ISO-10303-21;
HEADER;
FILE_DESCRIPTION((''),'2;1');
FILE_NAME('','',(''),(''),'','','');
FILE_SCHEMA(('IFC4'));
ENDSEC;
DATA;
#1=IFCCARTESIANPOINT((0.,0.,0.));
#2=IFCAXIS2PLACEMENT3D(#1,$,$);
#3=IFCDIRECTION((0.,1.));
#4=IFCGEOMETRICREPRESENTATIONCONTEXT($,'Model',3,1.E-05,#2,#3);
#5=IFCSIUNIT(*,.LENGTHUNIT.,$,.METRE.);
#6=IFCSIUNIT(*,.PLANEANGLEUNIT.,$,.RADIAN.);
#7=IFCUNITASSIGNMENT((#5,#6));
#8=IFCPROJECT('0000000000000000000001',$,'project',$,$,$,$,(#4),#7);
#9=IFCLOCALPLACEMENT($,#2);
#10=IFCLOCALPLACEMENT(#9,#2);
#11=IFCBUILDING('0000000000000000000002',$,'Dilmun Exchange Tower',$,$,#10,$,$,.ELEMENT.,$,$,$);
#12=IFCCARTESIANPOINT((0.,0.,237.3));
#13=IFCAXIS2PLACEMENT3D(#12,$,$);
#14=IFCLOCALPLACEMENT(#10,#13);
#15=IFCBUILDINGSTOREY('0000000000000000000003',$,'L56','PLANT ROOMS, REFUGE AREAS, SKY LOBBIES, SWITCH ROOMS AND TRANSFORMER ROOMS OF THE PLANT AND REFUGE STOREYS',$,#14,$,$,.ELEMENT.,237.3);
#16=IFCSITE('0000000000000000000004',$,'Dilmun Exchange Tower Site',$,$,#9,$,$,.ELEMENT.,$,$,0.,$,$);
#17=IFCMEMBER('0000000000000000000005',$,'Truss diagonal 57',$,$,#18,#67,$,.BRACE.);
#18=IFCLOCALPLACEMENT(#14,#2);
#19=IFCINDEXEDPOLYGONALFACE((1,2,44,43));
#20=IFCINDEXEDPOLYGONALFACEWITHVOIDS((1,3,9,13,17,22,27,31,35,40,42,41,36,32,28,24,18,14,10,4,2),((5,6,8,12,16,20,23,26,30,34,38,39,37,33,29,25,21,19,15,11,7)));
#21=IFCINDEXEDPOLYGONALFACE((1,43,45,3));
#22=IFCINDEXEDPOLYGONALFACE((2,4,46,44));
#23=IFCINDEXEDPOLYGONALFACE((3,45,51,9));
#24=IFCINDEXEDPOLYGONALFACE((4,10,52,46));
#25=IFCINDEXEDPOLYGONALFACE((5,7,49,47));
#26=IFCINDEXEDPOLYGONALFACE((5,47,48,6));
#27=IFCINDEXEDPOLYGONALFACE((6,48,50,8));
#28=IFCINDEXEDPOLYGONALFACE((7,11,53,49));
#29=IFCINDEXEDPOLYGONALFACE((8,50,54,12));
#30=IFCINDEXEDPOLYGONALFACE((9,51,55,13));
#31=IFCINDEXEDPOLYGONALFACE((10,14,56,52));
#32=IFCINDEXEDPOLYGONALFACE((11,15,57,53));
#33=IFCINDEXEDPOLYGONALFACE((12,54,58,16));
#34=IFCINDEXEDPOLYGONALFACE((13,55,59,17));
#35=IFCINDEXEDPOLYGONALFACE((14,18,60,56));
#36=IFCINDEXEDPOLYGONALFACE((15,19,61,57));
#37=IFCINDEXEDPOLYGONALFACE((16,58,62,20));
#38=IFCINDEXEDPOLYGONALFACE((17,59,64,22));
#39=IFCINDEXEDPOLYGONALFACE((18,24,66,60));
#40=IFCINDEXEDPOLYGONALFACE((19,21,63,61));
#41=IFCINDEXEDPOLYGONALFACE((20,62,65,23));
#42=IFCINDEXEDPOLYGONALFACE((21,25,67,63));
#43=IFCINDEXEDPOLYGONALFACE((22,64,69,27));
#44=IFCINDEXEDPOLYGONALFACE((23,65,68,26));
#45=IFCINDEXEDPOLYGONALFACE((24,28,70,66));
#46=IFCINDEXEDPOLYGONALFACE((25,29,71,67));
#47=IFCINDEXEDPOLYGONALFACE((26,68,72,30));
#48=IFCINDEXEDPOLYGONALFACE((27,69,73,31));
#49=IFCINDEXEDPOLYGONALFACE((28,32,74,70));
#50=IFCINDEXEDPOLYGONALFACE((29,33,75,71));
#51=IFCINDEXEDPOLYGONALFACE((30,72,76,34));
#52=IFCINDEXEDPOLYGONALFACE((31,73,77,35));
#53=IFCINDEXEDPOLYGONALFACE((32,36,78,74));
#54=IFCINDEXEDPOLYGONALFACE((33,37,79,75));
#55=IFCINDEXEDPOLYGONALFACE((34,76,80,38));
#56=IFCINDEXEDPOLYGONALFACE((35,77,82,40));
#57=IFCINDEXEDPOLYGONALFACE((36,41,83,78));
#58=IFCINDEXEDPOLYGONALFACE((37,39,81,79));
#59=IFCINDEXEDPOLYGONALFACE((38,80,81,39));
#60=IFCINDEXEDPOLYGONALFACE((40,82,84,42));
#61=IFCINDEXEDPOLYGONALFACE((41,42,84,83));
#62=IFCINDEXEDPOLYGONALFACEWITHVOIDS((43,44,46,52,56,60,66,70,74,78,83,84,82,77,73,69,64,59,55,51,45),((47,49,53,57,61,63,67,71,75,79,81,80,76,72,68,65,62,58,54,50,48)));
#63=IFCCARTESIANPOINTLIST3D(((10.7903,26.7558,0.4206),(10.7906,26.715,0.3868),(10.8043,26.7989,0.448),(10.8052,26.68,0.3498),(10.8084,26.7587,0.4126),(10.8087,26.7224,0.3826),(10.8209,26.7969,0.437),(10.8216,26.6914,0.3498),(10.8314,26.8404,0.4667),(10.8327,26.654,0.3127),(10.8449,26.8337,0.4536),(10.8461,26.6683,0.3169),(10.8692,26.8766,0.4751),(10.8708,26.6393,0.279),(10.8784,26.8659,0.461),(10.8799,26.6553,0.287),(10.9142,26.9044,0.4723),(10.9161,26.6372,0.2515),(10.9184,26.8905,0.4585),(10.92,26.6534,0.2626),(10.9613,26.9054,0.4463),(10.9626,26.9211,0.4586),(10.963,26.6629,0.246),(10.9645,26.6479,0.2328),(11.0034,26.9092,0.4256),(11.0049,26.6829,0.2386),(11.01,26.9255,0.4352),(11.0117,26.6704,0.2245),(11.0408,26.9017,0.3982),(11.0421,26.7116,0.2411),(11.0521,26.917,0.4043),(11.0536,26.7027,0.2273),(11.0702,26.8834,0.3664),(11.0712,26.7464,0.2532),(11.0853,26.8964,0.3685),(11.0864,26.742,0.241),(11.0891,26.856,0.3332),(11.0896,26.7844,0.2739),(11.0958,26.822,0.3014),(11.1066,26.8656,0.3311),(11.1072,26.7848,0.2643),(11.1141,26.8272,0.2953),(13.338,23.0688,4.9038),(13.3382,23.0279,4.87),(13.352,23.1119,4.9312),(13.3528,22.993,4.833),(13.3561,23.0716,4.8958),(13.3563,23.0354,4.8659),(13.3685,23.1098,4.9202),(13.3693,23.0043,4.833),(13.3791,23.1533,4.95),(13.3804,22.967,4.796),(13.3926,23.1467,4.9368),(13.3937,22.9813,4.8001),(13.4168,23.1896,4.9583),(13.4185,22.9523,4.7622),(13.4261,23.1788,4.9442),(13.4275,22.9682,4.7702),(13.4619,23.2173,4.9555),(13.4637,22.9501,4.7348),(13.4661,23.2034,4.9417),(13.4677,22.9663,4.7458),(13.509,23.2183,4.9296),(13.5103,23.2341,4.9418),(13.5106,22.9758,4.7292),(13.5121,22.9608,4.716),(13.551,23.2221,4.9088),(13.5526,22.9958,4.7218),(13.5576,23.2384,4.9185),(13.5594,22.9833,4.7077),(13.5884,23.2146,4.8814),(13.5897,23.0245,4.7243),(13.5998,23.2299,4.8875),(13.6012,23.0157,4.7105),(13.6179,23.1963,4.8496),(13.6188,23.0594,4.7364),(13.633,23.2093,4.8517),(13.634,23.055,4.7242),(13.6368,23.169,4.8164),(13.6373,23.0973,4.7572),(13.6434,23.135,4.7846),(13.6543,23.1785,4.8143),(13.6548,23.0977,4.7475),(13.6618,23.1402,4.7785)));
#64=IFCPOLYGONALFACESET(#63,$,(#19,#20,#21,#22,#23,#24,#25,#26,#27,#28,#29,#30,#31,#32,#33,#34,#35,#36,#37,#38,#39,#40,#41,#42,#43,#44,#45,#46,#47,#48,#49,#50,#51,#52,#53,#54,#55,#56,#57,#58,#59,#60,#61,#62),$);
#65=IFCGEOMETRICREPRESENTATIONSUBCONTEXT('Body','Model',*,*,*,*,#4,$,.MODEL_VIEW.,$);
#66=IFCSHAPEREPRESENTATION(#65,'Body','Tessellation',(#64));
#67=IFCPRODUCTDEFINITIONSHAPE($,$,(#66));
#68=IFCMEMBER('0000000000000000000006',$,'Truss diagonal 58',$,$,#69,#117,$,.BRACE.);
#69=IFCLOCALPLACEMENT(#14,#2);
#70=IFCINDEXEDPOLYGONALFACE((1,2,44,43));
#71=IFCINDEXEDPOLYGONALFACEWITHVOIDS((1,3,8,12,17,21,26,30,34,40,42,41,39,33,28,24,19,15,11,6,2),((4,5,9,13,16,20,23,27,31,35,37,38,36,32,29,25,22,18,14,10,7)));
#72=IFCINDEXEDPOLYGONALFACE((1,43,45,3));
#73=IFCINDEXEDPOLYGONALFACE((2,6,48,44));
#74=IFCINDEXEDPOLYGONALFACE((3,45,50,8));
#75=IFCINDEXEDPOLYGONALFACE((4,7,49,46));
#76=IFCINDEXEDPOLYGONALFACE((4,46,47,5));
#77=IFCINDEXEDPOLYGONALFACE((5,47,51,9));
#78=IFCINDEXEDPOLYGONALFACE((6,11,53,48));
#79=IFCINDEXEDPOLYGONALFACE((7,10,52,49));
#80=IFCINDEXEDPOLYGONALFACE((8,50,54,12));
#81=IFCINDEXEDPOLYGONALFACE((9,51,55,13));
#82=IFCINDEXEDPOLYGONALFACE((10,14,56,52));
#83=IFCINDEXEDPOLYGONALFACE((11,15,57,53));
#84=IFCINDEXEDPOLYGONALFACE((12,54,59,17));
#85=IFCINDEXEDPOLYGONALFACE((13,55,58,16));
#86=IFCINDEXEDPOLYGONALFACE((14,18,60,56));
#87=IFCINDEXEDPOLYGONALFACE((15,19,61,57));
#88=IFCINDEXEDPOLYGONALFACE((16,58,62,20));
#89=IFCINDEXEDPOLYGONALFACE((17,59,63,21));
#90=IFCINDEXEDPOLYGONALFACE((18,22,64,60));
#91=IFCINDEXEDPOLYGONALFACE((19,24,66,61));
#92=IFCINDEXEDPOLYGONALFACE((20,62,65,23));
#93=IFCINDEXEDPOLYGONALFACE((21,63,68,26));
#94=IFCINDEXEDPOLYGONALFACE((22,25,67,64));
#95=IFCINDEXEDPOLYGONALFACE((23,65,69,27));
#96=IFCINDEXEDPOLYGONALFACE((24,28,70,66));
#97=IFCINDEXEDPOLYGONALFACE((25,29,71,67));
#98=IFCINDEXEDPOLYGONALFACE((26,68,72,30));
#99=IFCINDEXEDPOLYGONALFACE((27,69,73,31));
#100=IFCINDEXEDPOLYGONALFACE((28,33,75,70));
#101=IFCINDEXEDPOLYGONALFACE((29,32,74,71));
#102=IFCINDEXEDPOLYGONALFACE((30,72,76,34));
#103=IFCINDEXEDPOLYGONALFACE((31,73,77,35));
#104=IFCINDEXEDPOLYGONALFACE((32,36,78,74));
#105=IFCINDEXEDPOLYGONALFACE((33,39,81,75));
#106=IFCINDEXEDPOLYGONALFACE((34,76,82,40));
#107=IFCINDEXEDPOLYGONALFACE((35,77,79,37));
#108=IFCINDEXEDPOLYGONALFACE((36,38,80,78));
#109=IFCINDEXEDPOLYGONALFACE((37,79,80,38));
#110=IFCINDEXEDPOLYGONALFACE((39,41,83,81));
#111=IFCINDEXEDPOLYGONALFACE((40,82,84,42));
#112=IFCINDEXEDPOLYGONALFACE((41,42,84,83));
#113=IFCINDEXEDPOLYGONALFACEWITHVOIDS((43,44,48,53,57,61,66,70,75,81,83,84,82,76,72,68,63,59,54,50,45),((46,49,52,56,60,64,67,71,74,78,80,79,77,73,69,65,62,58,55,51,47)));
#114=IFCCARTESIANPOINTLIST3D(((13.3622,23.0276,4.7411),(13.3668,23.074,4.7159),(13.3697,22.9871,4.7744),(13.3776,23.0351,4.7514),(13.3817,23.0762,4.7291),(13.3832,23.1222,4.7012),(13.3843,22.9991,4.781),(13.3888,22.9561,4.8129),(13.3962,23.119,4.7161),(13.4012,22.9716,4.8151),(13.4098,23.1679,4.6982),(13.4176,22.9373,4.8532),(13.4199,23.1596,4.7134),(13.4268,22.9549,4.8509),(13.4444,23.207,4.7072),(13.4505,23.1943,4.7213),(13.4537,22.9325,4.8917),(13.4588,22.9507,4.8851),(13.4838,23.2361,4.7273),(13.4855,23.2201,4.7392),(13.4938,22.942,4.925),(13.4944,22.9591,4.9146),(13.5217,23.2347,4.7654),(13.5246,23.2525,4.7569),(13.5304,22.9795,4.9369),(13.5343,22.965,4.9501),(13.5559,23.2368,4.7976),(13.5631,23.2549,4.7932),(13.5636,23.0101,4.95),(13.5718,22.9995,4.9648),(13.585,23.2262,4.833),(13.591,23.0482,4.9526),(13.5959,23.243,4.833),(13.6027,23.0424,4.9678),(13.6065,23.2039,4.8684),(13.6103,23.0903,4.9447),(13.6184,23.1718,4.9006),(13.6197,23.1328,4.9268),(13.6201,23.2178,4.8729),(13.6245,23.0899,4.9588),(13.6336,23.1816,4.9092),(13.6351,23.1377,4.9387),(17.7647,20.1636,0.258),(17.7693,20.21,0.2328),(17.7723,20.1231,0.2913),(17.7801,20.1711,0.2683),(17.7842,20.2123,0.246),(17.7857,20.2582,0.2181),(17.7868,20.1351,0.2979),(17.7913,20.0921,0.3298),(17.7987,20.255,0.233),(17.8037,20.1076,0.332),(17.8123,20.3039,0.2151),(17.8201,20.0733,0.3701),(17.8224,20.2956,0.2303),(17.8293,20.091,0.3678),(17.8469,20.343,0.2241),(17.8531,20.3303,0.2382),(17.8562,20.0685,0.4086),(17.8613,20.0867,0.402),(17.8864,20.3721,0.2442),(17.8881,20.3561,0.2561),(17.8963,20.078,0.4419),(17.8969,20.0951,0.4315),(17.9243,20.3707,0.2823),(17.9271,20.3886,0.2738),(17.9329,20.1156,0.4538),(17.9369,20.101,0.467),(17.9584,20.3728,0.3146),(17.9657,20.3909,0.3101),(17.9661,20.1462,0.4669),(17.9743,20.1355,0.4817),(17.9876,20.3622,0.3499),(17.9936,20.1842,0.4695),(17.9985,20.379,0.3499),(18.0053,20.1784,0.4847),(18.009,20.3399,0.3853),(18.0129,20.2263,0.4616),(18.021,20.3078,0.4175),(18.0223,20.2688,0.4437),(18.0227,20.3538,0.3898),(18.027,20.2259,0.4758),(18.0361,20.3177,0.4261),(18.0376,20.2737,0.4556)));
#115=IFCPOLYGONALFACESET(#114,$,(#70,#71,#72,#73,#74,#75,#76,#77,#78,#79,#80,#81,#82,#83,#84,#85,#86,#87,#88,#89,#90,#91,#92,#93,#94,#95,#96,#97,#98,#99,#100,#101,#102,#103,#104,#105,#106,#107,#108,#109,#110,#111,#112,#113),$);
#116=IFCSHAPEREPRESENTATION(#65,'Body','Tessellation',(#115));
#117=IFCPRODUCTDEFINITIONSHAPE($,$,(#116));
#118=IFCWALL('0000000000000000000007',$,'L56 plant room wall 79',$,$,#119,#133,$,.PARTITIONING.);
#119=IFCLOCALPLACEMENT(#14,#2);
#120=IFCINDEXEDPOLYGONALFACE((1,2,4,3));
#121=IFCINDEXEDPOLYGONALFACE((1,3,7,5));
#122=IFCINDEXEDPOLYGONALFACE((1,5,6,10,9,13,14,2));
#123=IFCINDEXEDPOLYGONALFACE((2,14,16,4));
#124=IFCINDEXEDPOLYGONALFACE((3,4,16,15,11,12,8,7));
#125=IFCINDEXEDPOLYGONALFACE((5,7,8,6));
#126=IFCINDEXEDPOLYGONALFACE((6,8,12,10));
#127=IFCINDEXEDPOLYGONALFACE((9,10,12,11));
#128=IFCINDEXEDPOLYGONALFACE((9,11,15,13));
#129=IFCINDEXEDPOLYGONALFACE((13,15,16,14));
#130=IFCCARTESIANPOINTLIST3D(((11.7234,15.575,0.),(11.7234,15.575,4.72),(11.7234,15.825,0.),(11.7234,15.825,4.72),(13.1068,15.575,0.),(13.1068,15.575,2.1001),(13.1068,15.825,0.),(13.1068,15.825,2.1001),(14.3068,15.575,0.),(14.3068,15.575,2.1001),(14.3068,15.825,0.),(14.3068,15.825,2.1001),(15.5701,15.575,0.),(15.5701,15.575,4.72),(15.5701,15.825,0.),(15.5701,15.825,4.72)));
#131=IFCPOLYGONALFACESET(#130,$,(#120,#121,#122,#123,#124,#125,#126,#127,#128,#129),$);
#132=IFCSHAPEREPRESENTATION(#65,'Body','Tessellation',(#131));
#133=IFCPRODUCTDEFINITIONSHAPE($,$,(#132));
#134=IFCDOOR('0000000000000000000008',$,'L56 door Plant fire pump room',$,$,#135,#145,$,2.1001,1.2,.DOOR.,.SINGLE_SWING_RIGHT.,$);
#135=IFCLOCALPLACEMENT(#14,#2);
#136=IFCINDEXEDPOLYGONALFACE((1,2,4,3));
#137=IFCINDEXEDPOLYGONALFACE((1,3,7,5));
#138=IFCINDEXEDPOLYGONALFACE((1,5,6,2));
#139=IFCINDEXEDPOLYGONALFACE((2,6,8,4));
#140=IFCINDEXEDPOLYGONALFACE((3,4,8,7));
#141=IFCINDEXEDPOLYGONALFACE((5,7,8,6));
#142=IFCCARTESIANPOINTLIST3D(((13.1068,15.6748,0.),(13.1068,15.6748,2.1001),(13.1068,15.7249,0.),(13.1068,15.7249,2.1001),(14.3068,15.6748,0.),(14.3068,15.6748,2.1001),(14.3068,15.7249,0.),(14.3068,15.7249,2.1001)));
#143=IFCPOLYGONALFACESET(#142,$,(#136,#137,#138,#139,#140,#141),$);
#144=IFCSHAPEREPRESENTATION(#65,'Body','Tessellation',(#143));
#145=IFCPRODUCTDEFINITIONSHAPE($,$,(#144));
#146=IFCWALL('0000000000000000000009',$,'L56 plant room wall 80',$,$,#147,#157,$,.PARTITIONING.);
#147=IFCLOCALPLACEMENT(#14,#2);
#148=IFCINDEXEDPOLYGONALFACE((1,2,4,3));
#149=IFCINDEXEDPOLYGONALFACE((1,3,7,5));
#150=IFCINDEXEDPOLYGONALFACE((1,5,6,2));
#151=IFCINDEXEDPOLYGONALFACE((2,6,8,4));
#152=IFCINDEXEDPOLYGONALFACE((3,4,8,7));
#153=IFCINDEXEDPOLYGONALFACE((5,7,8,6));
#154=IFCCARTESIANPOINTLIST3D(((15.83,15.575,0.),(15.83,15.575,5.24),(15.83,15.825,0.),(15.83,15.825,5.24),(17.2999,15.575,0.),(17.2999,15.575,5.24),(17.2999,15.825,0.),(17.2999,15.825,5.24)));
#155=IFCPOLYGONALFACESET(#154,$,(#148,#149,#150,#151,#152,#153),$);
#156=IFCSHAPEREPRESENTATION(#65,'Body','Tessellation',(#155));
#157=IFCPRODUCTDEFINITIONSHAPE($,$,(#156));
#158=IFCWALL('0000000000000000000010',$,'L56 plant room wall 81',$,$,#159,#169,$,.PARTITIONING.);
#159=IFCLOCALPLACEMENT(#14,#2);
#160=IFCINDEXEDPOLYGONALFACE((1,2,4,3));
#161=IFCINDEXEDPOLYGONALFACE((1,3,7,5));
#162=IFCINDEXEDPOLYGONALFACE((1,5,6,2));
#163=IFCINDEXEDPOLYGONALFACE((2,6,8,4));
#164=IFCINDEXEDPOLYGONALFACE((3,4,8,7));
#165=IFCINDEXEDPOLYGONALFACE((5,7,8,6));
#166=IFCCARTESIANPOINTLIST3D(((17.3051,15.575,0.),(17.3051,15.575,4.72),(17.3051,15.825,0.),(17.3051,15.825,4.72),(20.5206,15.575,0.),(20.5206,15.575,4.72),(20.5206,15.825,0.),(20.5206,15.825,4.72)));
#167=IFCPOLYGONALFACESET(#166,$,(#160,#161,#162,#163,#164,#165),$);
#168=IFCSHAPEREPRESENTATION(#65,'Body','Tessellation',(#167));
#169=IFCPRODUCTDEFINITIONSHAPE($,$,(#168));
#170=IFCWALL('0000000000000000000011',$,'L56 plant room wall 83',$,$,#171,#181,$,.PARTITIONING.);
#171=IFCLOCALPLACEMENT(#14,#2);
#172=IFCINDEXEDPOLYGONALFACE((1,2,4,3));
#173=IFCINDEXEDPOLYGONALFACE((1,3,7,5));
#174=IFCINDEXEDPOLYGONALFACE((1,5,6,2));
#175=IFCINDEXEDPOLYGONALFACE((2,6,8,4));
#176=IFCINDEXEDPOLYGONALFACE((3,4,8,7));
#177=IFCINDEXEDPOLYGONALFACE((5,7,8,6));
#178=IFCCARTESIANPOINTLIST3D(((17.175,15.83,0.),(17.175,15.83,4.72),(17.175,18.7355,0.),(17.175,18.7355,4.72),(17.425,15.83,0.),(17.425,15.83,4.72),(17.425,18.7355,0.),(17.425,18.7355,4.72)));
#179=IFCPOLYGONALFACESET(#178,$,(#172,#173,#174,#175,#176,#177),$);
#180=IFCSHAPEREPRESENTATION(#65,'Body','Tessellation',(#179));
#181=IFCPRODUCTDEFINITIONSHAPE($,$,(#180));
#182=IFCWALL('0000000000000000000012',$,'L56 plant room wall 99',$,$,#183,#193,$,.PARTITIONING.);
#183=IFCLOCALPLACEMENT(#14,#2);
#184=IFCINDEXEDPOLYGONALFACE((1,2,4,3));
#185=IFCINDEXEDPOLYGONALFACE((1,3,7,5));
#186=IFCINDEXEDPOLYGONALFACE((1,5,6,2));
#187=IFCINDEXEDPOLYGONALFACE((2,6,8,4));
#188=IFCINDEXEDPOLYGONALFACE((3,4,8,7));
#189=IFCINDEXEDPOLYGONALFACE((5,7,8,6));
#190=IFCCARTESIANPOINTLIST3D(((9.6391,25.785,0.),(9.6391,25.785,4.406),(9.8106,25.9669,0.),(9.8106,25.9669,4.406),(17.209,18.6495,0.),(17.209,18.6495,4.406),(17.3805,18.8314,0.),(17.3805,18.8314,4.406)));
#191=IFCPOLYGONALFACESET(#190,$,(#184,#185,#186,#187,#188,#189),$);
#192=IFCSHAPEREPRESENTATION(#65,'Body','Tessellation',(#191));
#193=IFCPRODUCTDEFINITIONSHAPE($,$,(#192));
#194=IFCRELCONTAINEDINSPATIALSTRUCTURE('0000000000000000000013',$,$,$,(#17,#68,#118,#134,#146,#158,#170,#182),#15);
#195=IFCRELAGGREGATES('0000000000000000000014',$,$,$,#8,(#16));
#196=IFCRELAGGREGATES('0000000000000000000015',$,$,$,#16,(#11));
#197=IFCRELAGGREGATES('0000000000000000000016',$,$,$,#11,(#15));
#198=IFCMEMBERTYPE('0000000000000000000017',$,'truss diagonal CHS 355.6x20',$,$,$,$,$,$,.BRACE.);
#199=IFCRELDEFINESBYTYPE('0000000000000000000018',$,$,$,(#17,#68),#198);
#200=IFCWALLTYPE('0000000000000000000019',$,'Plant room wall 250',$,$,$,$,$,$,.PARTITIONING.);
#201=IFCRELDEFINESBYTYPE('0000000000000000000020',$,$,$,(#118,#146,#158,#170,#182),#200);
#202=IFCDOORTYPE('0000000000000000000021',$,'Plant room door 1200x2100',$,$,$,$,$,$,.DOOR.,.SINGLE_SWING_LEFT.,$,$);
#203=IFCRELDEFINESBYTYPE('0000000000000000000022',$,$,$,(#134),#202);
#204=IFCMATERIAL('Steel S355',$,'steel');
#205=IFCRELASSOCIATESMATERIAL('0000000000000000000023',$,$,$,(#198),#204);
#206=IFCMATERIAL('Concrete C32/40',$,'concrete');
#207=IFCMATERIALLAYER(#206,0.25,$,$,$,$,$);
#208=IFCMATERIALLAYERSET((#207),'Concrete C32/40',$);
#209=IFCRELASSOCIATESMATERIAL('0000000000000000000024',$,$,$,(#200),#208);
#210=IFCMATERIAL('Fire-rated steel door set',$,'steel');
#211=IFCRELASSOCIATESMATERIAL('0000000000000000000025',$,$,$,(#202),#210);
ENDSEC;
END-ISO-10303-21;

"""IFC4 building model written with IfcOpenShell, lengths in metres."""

from ifc_helpers import new_model, si_unit, direction, frame, frame_2d, origin, origin_2d, place, context, subcontext, project, spatial, rectangle, hollow_circle, extrude, material, layer, layer_set, material_profile, profile_set, type_object, element, fill, save


model = new_model("IFC4")

# Units and contexts
model_context = context("Model", 3, precision=1e-05, world=origin(), true_north=direction((0.0, 1.0)))
body_context = subcontext(model_context, "Body", "Model", "MODEL_VIEW")
ifc_project = project(units=[si_unit("LENGTHUNIT", "METRE"), si_unit("PLANEANGLEUNIT", "RADIAN")], contexts=[model_context])

# Site, building, storey
site_placement = place(None, origin())
site = spatial("IfcSite", under=ifc_project, at=site_placement, Name="Dilmun Exchange Tower Site", CompositionType="ELEMENT", RefElevation=0.0)
building_placement = place(site_placement, origin())
building = spatial("IfcBuilding", under=site, at=building_placement, Name="Dilmun Exchange Tower", CompositionType="ELEMENT")
storey_placement = place(building_placement, frame((0.0, 0.0, 237.3)))
storey = spatial("IfcBuildingStorey", under=building, at=storey_placement, Name="L56", Description="PLANT ROOMS, REFUGE AREAS, SKY LOBBIES, SWITCH ROOMS AND TRANSFORMER ROOMS OF THE PLANT AND REFUGE STOREYS", CompositionType="ELEMENT", Elevation=237.3)

# Shared definitions
ifc_material_1 = material(Name="Steel S355", Category="steel")

# Members
ifc_material_profile_1 = material_profile(ifc_material_1, hollow_circle(Radius=0.1777, WallThickness=0.02, at=origin_2d()), Name="CHS 355.6x20")
ifc_profile_set_1 = profile_set([ifc_material_profile_1], Name="Steel S355")
member_type = type_object("IfcMemberType", Name="truss diagonal CHS 355.6x20", PredefinedType="BRACE", material=ifc_profile_set_1)
member_1_placement = place(storey_placement, frame((13.499, 23.094, 4.833), z_axis=(-0.401894, 0.581639, -0.707233), x_axis=(-0.822708, -0.568465, 0.0)))
element("IfcMember", 1, at=member_1_placement, inside=storey, type_object=member_type, Name="Truss diagonal 57", PredefinedType="BRACE", context=body_context, shape_type="SweptSolid", body=[
    extrude(hollow_circle(Radius=0.1777, WallThickness=0.02, at=origin_2d()), origin(), (0.0, 0.0, 1.0), 6.3391),
])
member_2_placement = place(storey_placement, frame((13.499, 23.094, 4.833), z_axis=(0.637561, -0.414752, -0.649228), x_axis=(0.5453, 0.838241, 0.0)))
element("IfcMember", 2, at=member_2_placement, inside=storey, type_object=member_type, Name="Truss diagonal 58", PredefinedType="BRACE", context=body_context, shape_type="SweptSolid", body=[
    extrude(hollow_circle(Radius=0.1777, WallThickness=0.02, at=origin_2d()), origin(), (0.0, 0.0, 1.0), 6.9053),
])

# Wall, opening, door
ifc_material_2 = material(Name="Concrete C32/40", Category="concrete")
ifc_layer_1 = layer(ifc_material_2, 0.25)
ifc_layer_set_1 = layer_set([ifc_layer_1], Name="Concrete C32/40")
wall_type = type_object("IfcWallType", Name="Plant room wall 250", PredefinedType="PARTITIONING", material=ifc_layer_set_1)
wall_1_placement = place(storey_placement, frame((11.7234, 15.7, 0.0), z_axis=(0.0, 0.0, 1.0), x_axis=(1.0, 0.0, 0.0)))
wall_1 = element("IfcWall", 3, at=wall_1_placement, inside=storey, type_object=wall_type, Name="L56 plant room wall 79", PredefinedType="PARTITIONING", context=body_context, shape_type="SweptSolid", body=[
    extrude(rectangle(XDim=3.8467, YDim=0.25, at=frame_2d((1.9233, 0.0))), origin(), (0.0, 0.0, 1.0), 4.72),
])
opening_placement = place(wall_1_placement, frame((1.3833, 0.0, 0.0)))
opening = element("IfcOpeningElement", 4, at=opening_placement, cuts=wall_1, PredefinedType="OPENING", context=body_context, shape_type="SweptSolid", body=[
    extrude(rectangle(XDim=1.2, YDim=2.1001, at=frame_2d((0.6001, 1.05))), frame((0.0, 0.135, 0.0), z_axis=(0.0, -1.0, 0.0), x_axis=(1.0, 0.0, 0.0)), (0.0, 0.0, 1.0), 0.27),
])
ifc_material_3 = material(Name="Fire-rated steel door set", Category="steel")
door_type = type_object("IfcDoorType", Name="Plant room door 1200x2100", OperationType="SINGLE_SWING_LEFT", PredefinedType="DOOR", material=ifc_material_3)
door_placement = place(opening_placement, origin())
door = element("IfcDoor", 5, at=door_placement, inside=storey, type_object=door_type, Name="L56 door Plant fire pump room", OperationType="SINGLE_SWING_RIGHT", OverallHeight=2.1001, OverallWidth=1.2, PredefinedType="DOOR", context=body_context, shape_type="SweptSolid", body=[
    extrude(rectangle(XDim=1.2, YDim=2.1001, at=frame_2d((0.6001, 1.05))), frame((0.0, 0.0249, 0.0), z_axis=(0.0, -1.0, 0.0), x_axis=(1.0, 0.0, 0.0)), (0.0, 0.0, 1.0), 0.05),
])
fill(opening, door)

# Walls
wall_2_placement = place(storey_placement, frame((15.8301, 15.7, 0.0), z_axis=(0.0, 0.0, 1.0), x_axis=(1.0, 0.0, 0.0)))
element("IfcWall", 6, at=wall_2_placement, inside=storey, type_object=wall_type, Name="L56 plant room wall 80", PredefinedType="PARTITIONING", context=body_context, shape_type="SweptSolid", body=[
    extrude(rectangle(XDim=1.47, YDim=0.25, at=frame_2d((0.7349, 0.0))), origin(), (0.0, 0.0, 1.0), 5.24),
])
wall_3_placement = place(storey_placement, frame((17.3049, 15.7, 0.0), z_axis=(0.0, 0.0, 1.0), x_axis=(1.0, 0.0, 0.0)))
element("IfcWall", 7, at=wall_3_placement, inside=storey, type_object=wall_type, Name="L56 plant room wall 81", PredefinedType="PARTITIONING", context=body_context, shape_type="SweptSolid", body=[
    extrude(rectangle(XDim=3.2156, YDim=0.25, at=frame_2d((1.6079, 0.0))), origin(), (0.0, 0.0, 1.0), 4.72),
])
wall_4_placement = place(storey_placement, frame((17.3, 15.8301, 0.0), z_axis=(0.0, 0.0, 1.0), x_axis=(0.0, 1.0, 0.0)))
element("IfcWall", 8, at=wall_4_placement, inside=storey, type_object=wall_type, Name="L56 plant room wall 83", PredefinedType="PARTITIONING", context=body_context, shape_type="SweptSolid", body=[
    extrude(rectangle(XDim=2.9055, YDim=0.25, at=frame_2d((1.4526, 0.0))), origin(), (0.0, 0.0, 1.0), 4.72),
])
wall_5_placement = place(storey_placement, frame((9.7249, 25.876, 0.0), z_axis=(0.0, 0.0, 1.0), x_axis=(0.727674, -0.685923, 0.0)))
element("IfcWall", 9, at=wall_5_placement, inside=storey, type_object=wall_type, Name="L56 plant room wall 99", PredefinedType="PARTITIONING", context=body_context, shape_type="SweptSolid", body=[
    extrude(rectangle(XDim=10.4028, YDim=0.25, at=frame_2d((5.2014, 0.0))), origin(), (0.0, 0.0, 1.0), 4.406),
])

save(model, "model.ifc")
